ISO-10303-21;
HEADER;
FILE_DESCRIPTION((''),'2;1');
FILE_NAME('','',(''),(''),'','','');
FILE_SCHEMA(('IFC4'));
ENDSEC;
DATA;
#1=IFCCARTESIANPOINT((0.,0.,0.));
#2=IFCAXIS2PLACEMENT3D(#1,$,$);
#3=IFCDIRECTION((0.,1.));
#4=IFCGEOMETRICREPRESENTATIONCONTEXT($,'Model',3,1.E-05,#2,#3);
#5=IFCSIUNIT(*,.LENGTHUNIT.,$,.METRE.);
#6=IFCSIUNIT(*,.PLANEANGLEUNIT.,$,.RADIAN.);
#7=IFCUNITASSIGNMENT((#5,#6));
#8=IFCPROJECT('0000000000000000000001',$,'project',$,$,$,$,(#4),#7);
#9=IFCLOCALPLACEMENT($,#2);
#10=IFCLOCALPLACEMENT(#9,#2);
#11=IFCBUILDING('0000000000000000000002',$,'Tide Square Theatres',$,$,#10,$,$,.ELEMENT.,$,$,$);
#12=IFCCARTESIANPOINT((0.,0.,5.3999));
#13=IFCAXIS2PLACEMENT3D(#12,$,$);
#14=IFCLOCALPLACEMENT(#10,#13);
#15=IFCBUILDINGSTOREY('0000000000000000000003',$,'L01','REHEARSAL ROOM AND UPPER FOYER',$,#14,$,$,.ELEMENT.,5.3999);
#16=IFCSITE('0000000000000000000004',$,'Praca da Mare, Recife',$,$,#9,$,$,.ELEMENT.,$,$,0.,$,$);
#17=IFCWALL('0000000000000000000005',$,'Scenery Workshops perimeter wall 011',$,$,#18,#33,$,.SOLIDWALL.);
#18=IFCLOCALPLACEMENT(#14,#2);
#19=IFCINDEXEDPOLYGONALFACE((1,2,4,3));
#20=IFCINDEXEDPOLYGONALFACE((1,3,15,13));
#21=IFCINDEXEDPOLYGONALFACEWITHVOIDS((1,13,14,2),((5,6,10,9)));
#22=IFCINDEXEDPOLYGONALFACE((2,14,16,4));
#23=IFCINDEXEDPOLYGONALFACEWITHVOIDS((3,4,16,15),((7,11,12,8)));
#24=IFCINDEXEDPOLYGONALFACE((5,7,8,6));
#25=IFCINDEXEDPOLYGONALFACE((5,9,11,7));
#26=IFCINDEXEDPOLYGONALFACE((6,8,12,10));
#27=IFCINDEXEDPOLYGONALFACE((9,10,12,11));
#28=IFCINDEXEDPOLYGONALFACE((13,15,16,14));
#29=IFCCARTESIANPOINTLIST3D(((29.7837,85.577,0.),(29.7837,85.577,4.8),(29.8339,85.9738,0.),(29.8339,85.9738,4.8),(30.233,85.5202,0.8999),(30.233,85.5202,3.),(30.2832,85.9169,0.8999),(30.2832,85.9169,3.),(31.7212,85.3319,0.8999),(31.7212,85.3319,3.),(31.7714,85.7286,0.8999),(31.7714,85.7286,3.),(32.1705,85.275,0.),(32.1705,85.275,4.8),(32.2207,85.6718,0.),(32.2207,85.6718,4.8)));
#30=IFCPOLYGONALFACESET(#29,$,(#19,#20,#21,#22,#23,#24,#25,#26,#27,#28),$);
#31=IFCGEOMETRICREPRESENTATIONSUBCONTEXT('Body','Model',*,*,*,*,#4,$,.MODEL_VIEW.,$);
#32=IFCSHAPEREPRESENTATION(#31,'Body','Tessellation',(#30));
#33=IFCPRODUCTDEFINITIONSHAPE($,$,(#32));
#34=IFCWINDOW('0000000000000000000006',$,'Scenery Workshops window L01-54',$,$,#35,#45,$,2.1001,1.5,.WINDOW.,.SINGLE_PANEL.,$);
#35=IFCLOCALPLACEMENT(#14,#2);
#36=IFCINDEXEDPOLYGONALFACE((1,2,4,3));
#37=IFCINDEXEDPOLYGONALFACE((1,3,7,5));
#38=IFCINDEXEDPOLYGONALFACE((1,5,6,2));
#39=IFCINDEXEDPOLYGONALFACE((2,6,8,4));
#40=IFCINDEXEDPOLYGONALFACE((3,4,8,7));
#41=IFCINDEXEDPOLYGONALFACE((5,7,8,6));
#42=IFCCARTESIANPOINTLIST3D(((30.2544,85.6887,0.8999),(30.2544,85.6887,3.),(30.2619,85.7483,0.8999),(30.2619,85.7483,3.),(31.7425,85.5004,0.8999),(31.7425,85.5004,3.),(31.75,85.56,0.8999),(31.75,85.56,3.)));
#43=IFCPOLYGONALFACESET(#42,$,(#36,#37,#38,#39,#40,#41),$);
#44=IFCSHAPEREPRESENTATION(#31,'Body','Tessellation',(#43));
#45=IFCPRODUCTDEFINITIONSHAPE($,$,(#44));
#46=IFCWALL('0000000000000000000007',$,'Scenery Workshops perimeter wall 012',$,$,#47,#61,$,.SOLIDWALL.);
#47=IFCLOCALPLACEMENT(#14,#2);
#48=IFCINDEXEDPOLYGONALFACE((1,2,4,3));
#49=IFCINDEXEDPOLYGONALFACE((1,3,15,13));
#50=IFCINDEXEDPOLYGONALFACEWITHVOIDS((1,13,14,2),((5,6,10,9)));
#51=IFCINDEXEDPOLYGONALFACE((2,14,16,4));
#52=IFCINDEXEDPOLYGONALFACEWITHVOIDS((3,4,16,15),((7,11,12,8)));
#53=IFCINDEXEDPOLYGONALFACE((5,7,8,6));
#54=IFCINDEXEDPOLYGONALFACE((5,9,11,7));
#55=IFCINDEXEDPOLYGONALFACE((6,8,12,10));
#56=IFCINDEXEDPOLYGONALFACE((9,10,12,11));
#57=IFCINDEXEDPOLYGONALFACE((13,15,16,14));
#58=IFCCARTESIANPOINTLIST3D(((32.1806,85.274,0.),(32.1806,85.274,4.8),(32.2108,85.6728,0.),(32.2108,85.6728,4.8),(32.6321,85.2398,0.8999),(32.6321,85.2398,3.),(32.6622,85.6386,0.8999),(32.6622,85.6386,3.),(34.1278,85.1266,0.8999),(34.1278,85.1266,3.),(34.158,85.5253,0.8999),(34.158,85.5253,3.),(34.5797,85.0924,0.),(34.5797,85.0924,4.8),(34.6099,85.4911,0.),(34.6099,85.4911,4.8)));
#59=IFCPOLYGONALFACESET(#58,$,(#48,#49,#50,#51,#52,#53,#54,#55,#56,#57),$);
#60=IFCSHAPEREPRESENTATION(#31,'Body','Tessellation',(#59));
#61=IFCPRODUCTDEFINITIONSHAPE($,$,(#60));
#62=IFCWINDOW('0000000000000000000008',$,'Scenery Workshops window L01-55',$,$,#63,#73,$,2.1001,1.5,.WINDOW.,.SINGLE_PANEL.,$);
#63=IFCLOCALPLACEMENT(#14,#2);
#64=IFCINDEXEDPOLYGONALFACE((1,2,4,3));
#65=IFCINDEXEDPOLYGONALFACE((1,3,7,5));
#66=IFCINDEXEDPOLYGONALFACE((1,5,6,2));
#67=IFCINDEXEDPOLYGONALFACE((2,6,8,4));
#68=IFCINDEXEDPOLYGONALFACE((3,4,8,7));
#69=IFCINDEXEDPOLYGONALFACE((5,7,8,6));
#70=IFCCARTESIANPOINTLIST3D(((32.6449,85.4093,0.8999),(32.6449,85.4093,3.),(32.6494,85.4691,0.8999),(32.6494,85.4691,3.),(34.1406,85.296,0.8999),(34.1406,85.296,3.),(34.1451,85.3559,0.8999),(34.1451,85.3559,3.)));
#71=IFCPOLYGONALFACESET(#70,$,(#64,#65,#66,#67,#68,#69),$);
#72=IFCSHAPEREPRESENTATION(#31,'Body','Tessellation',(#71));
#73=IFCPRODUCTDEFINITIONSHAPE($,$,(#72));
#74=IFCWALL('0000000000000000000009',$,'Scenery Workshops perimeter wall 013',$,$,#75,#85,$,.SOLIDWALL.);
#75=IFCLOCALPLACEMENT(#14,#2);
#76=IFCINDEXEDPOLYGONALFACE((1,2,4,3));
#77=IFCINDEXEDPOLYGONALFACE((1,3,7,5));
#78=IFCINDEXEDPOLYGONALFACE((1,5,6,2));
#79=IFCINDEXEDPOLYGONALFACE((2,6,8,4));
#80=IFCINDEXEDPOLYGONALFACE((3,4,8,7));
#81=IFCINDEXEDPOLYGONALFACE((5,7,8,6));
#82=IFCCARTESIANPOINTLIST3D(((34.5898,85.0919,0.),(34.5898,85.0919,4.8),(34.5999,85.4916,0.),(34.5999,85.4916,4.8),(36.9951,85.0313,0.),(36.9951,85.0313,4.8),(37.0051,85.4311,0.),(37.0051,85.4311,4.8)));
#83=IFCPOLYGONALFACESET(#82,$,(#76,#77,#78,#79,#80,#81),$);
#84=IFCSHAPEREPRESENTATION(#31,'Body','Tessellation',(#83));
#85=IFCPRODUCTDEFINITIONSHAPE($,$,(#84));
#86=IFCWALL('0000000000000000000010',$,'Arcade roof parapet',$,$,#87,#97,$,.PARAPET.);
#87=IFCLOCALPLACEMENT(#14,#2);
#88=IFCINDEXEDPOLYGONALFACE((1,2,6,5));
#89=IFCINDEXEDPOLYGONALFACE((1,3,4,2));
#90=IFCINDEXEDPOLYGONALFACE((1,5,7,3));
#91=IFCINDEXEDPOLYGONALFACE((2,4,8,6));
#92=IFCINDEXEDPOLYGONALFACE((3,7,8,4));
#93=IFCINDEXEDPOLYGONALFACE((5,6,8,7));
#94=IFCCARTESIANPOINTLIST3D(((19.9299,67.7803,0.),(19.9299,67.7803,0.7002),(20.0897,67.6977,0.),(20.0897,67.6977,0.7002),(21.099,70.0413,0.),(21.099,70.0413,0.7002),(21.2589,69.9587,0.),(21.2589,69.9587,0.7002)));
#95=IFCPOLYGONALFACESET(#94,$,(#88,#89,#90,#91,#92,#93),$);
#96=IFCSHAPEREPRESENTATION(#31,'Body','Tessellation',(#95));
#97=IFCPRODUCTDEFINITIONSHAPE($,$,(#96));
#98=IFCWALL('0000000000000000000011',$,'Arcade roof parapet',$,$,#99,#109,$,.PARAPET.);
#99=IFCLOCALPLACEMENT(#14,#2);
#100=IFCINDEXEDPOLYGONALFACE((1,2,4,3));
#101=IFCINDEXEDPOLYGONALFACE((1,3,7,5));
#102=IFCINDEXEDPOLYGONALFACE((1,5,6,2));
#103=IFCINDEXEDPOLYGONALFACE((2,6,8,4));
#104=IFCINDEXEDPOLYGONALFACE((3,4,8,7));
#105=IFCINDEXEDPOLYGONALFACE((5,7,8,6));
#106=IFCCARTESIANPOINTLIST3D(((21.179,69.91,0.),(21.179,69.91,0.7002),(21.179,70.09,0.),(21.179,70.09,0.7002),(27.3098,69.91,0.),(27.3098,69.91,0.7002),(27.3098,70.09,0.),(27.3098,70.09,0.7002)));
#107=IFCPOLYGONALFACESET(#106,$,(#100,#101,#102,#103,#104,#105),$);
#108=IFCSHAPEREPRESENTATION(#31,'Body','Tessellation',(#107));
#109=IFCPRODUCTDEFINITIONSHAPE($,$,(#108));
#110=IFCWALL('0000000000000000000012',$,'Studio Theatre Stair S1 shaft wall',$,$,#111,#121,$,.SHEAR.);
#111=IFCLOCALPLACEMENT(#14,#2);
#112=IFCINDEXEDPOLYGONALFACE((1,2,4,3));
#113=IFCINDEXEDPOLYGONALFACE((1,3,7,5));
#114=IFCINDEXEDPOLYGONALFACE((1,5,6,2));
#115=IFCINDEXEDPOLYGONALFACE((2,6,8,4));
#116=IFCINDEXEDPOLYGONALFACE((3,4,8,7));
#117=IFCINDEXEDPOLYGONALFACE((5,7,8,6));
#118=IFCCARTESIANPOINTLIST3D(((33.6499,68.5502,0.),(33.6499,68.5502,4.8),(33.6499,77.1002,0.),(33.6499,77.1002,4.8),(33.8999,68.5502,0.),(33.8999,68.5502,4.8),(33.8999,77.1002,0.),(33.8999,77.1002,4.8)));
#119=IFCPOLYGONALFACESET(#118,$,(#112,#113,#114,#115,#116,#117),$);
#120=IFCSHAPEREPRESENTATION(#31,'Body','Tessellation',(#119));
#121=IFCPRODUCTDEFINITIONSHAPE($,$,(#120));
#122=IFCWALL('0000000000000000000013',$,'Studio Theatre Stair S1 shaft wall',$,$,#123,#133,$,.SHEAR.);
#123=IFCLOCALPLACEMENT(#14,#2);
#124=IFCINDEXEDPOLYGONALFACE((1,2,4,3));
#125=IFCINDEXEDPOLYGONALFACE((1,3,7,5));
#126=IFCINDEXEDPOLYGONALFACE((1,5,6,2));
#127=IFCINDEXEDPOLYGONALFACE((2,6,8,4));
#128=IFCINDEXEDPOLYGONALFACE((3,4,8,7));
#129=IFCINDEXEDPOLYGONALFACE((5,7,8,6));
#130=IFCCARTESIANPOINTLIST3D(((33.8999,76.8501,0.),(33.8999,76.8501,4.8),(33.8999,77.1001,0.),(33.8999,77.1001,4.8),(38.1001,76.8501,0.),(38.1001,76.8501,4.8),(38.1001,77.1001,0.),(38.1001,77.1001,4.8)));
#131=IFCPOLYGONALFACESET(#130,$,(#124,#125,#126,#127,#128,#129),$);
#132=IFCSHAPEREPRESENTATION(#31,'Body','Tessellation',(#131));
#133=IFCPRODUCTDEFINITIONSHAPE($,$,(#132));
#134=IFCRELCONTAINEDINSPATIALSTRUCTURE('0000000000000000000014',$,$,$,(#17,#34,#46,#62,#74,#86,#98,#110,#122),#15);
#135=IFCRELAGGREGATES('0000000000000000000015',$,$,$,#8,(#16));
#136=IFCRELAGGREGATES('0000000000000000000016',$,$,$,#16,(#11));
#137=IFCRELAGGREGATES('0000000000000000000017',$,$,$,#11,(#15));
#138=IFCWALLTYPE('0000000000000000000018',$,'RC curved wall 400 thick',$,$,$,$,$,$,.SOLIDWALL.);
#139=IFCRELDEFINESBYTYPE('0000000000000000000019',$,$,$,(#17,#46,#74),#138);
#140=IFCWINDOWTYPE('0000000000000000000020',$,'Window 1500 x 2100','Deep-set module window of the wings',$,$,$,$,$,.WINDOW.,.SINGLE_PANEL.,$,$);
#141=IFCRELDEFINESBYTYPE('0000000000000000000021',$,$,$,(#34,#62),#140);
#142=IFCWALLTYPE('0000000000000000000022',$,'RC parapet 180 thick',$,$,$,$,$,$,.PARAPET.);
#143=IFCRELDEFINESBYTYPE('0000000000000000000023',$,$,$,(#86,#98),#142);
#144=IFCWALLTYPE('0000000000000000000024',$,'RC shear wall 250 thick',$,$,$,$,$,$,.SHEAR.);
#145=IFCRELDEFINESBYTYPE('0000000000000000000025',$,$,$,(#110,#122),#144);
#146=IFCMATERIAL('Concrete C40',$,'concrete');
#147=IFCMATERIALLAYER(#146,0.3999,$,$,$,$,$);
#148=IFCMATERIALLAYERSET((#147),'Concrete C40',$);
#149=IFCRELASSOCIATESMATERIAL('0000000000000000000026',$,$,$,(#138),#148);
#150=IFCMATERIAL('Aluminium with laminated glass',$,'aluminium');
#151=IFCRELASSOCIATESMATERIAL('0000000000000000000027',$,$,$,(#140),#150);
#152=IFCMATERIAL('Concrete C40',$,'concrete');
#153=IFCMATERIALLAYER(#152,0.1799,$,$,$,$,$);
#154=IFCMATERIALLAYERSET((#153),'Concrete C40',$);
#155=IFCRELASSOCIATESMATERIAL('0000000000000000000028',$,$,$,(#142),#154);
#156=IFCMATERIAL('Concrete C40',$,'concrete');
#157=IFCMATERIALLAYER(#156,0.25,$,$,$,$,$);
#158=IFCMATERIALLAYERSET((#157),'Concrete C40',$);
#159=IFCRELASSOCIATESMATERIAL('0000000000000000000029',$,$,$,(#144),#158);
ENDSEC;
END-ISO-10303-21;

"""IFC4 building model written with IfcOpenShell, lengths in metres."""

from ifc_helpers import new_model, si_unit, direction, frame, frame_2d, origin, place, context, subcontext, project, spatial, rectangle, extrude, material, layer, layer_set, type_object, element, fill, save


model = new_model("IFC4")

# Units and contexts
model_context = context("Model", 3, precision=1e-05, world=origin(), true_north=direction((0.0, 1.0)))
body_context = subcontext(model_context, "Body", "Model", "MODEL_VIEW")
ifc_project = project(units=[si_unit("LENGTHUNIT", "METRE"), si_unit("PLANEANGLEUNIT", "RADIAN")], contexts=[model_context])

# Site, building, storey
site_placement = place(None, origin())
site = spatial("IfcSite", under=ifc_project, at=site_placement, Name="Praca da Mare, Recife", CompositionType="ELEMENT", RefElevation=0.0)
building_placement = place(site_placement, origin())
building = spatial("IfcBuilding", under=site, at=building_placement, Name="Tide Square Theatres", CompositionType="ELEMENT")
storey_placement = place(building_placement, frame((0.0, 0.0, 5.3999)))
storey = spatial("IfcBuildingStorey", under=building, at=storey_placement, Name="L01", Description="REHEARSAL ROOM AND UPPER FOYER", CompositionType="ELEMENT", Elevation=5.3999)

# Shared definitions
ifc_material_1 = material(Name="Concrete C40", Category="concrete")
ifc_layer_1 = layer(ifc_material_1, 0.3999)
ifc_layer_set_1 = layer_set([ifc_layer_1], Name="Concrete C40")
wall_type_1 = type_object("IfcWallType", Name="RC curved wall 400 thick", PredefinedType="SOLIDWALL", material=ifc_layer_set_1)

# Walls, openings, windows
ifc_material_2 = material(Name="Aluminium with laminated glass", Category="aluminium")
window_type = type_object("IfcWindowType", Name="Window 1500 x 2100", Description="Deep-set module window of the wings", PartitioningType="SINGLE_PANEL", PredefinedType="WINDOW", material=ifc_material_2)
wall_1_placement = place(storey_placement, frame((29.8088, 85.7754, 0.0), z_axis=(0.0, 0.0, 1.0), x_axis=(0.992089, -0.125533, 0.0)))
wall_1 = element("IfcWall", 1, at=wall_1_placement, inside=storey, type_object=wall_type_1, Name="Scenery Workshops perimeter wall 011", PredefinedType="SOLIDWALL", context=body_context, shape_type="SweptSolid", body=[
    extrude(rectangle(XDim=2.4058, YDim=0.3999, at=frame_2d((1.2029, 0.0))), origin(), (0.0, 0.0, 1.0), 4.8),
])
opening_1_placement = place(wall_1_placement, frame((0.4529, 0.0, 0.8999)))
opening_1 = element("IfcOpeningElement", 2, at=opening_1_placement, cuts=wall_1, PredefinedType="OPENING", context=body_context, shape_type="SweptSolid", body=[
    extrude(rectangle(XDim=1.5, YDim=2.1001, at=frame_2d((0.75, 1.05))), frame((0.0, 0.21, 0.0), z_axis=(0.0, -1.0, 0.0), x_axis=(1.0, 0.0, 0.0)), (0.0, 0.0, 1.0), 0.4199),
])
window_1_placement = place(opening_1_placement, origin())
window_1 = element("IfcWindow", 3, at=window_1_placement, inside=storey, type_object=window_type, Name="Scenery Workshops window L01-54", OverallHeight=2.1001, OverallWidth=1.5, PartitioningType="SINGLE_PANEL", PredefinedType="WINDOW", context=body_context, shape_type="SweptSolid", body=[
    extrude(rectangle(XDim=1.5, YDim=2.1001, at=frame_2d((0.75, 1.05))), frame((0.0, 0.03, 0.0), z_axis=(0.0, -1.0, 0.0), x_axis=(1.0, 0.0, 0.0)), (0.0, 0.0, 1.0), 0.0601),
])
fill(opening_1, window_1)
wall_2_placement = place(storey_placement, frame((32.1956, 85.4734, 0.0), z_axis=(0.0, 0.0, 1.0), x_axis=(0.997146, -0.075494, 0.0)))
wall_2 = element("IfcWall", 4, at=wall_2_placement, inside=storey, type_object=wall_type_1, Name="Scenery Workshops perimeter wall 012", PredefinedType="SOLIDWALL", context=body_context, shape_type="SweptSolid", body=[
    extrude(rectangle(XDim=2.406, YDim=0.3999, at=frame_2d((1.2031, 0.0))), origin(), (0.0, 0.0, 1.0), 4.8),
])
opening_2_placement = place(wall_2_placement, frame((0.4529, 0.0, 0.8999)))
opening_2 = element("IfcOpeningElement", 5, at=opening_2_placement, cuts=wall_2, PredefinedType="OPENING", context=body_context, shape_type="SweptSolid", body=[
    extrude(rectangle(XDim=1.5, YDim=2.1001, at=frame_2d((0.75, 1.05))), frame((0.0, 0.21, 0.0), z_axis=(0.0, -1.0, 0.0), x_axis=(1.0, 0.0, 0.0)), (0.0, 0.0, 1.0), 0.4199),
])
window_2_placement = place(opening_2_placement, origin())
window_2 = element("IfcWindow", 6, at=window_2_placement, inside=storey, type_object=window_type, Name="Scenery Workshops window L01-55", OverallHeight=2.1001, OverallWidth=1.5, PartitioningType="SINGLE_PANEL", PredefinedType="WINDOW", context=body_context, shape_type="SweptSolid", body=[
    extrude(rectangle(XDim=1.5, YDim=2.1001, at=frame_2d((0.75, 1.05))), frame((0.0, 0.03, 0.0), z_axis=(0.0, -1.0, 0.0), x_axis=(1.0, 0.0, 0.0)), (0.0, 0.0, 1.0), 0.0601),
])
fill(opening_2, window_2)

# Walls
wall_3_placement = place(storey_placement, frame((34.5947, 85.2917, 0.0), z_axis=(0.0, 0.0, 1.0), x_axis=(0.999683, -0.025165, 0.0)))
element("IfcWall", 7, at=wall_3_placement, inside=storey, type_object=wall_type_1, Name="Scenery Workshops perimeter wall 013", PredefinedType="SOLIDWALL", context=body_context, shape_type="SweptSolid", body=[
    extrude(rectangle(XDim=2.406, YDim=0.3999, at=frame_2d((1.2031, 0.0))), origin(), (0.0, 0.0, 1.0), 4.8),
])
ifc_material_3 = material(Name="Concrete C40", Category="concrete")
ifc_layer_2 = layer(ifc_material_3, 0.1799)
ifc_layer_set_2 = layer_set([ifc_layer_2], Name="Concrete C40")
wall_type_2 = type_object("IfcWallType", Name="RC parapet 180 thick", PredefinedType="PARAPET", material=ifc_layer_set_2)
wall_4_placement = place(storey_placement, frame((20.0098, 67.739, 0.0), z_axis=(0.0, 0.0, 1.0), x_axis=(0.459334, 0.888264, 0.0)))
element("IfcWall", 8, at=wall_4_placement, inside=storey, type_object=wall_type_2, Name="Arcade roof parapet", PredefinedType="PARAPET", context=body_context, shape_type="SweptSolid", body=[
    extrude(rectangle(XDim=2.5454, YDim=0.1799, at=frame_2d((1.2727, 0.0))), origin(), (0.0, 0.0, 1.0), 0.7002),
])
wall_5_placement = place(storey_placement, frame((21.179, 70.0, 0.0), z_axis=(0.0, 0.0, 1.0), x_axis=(1.0, 0.0, 0.0)))
element("IfcWall", 9, at=wall_5_placement, inside=storey, type_object=wall_type_2, Name="Arcade roof parapet", PredefinedType="PARAPET", context=body_context, shape_type="SweptSolid", body=[
    extrude(rectangle(XDim=6.1309, YDim=0.1799, at=frame_2d((3.0654, 0.0))), origin(), (0.0, 0.0, 1.0), 0.7002),
])
ifc_material_4 = material(Name="Concrete C40", Category="concrete")
ifc_layer_3 = layer(ifc_material_4, 0.25)
ifc_layer_set_3 = layer_set([ifc_layer_3], Name="Concrete C40")
wall_type_3 = type_object("IfcWallType", Name="RC shear wall 250 thick", PredefinedType="SHEAR", material=ifc_layer_set_3)
wall_6_placement = place(storey_placement, frame((33.7749, 77.1001, 0.0), z_axis=(0.0, 0.0, 1.0), x_axis=(0.0, -1.0, 0.0)))
element("IfcWall", 10, at=wall_6_placement, inside=storey, type_object=wall_type_3, Name="Studio Theatre Stair S1 shaft wall", PredefinedType="SHEAR", context=body_context, shape_type="SweptSolid", body=[
    extrude(rectangle(XDim=8.55, YDim=0.25, at=frame_2d((4.2749, 0.0))), origin(), (0.0, 0.0, 1.0), 4.8),
])
wall_7_placement = place(storey_placement, frame((33.8999, 76.9751, 0.0), z_axis=(0.0, 0.0, 1.0), x_axis=(1.0, 0.0, 0.0)))
element("IfcWall", 11, at=wall_7_placement, inside=storey, type_object=wall_type_3, Name="Studio Theatre Stair S1 shaft wall", PredefinedType="SHEAR", context=body_context, shape_type="SweptSolid", body=[
    extrude(rectangle(XDim=4.2002, YDim=0.25, at=frame_2d((2.1001, 0.0))), origin(), (0.0, 0.0, 1.0), 4.8),
])

save(model, "model.ifc")
